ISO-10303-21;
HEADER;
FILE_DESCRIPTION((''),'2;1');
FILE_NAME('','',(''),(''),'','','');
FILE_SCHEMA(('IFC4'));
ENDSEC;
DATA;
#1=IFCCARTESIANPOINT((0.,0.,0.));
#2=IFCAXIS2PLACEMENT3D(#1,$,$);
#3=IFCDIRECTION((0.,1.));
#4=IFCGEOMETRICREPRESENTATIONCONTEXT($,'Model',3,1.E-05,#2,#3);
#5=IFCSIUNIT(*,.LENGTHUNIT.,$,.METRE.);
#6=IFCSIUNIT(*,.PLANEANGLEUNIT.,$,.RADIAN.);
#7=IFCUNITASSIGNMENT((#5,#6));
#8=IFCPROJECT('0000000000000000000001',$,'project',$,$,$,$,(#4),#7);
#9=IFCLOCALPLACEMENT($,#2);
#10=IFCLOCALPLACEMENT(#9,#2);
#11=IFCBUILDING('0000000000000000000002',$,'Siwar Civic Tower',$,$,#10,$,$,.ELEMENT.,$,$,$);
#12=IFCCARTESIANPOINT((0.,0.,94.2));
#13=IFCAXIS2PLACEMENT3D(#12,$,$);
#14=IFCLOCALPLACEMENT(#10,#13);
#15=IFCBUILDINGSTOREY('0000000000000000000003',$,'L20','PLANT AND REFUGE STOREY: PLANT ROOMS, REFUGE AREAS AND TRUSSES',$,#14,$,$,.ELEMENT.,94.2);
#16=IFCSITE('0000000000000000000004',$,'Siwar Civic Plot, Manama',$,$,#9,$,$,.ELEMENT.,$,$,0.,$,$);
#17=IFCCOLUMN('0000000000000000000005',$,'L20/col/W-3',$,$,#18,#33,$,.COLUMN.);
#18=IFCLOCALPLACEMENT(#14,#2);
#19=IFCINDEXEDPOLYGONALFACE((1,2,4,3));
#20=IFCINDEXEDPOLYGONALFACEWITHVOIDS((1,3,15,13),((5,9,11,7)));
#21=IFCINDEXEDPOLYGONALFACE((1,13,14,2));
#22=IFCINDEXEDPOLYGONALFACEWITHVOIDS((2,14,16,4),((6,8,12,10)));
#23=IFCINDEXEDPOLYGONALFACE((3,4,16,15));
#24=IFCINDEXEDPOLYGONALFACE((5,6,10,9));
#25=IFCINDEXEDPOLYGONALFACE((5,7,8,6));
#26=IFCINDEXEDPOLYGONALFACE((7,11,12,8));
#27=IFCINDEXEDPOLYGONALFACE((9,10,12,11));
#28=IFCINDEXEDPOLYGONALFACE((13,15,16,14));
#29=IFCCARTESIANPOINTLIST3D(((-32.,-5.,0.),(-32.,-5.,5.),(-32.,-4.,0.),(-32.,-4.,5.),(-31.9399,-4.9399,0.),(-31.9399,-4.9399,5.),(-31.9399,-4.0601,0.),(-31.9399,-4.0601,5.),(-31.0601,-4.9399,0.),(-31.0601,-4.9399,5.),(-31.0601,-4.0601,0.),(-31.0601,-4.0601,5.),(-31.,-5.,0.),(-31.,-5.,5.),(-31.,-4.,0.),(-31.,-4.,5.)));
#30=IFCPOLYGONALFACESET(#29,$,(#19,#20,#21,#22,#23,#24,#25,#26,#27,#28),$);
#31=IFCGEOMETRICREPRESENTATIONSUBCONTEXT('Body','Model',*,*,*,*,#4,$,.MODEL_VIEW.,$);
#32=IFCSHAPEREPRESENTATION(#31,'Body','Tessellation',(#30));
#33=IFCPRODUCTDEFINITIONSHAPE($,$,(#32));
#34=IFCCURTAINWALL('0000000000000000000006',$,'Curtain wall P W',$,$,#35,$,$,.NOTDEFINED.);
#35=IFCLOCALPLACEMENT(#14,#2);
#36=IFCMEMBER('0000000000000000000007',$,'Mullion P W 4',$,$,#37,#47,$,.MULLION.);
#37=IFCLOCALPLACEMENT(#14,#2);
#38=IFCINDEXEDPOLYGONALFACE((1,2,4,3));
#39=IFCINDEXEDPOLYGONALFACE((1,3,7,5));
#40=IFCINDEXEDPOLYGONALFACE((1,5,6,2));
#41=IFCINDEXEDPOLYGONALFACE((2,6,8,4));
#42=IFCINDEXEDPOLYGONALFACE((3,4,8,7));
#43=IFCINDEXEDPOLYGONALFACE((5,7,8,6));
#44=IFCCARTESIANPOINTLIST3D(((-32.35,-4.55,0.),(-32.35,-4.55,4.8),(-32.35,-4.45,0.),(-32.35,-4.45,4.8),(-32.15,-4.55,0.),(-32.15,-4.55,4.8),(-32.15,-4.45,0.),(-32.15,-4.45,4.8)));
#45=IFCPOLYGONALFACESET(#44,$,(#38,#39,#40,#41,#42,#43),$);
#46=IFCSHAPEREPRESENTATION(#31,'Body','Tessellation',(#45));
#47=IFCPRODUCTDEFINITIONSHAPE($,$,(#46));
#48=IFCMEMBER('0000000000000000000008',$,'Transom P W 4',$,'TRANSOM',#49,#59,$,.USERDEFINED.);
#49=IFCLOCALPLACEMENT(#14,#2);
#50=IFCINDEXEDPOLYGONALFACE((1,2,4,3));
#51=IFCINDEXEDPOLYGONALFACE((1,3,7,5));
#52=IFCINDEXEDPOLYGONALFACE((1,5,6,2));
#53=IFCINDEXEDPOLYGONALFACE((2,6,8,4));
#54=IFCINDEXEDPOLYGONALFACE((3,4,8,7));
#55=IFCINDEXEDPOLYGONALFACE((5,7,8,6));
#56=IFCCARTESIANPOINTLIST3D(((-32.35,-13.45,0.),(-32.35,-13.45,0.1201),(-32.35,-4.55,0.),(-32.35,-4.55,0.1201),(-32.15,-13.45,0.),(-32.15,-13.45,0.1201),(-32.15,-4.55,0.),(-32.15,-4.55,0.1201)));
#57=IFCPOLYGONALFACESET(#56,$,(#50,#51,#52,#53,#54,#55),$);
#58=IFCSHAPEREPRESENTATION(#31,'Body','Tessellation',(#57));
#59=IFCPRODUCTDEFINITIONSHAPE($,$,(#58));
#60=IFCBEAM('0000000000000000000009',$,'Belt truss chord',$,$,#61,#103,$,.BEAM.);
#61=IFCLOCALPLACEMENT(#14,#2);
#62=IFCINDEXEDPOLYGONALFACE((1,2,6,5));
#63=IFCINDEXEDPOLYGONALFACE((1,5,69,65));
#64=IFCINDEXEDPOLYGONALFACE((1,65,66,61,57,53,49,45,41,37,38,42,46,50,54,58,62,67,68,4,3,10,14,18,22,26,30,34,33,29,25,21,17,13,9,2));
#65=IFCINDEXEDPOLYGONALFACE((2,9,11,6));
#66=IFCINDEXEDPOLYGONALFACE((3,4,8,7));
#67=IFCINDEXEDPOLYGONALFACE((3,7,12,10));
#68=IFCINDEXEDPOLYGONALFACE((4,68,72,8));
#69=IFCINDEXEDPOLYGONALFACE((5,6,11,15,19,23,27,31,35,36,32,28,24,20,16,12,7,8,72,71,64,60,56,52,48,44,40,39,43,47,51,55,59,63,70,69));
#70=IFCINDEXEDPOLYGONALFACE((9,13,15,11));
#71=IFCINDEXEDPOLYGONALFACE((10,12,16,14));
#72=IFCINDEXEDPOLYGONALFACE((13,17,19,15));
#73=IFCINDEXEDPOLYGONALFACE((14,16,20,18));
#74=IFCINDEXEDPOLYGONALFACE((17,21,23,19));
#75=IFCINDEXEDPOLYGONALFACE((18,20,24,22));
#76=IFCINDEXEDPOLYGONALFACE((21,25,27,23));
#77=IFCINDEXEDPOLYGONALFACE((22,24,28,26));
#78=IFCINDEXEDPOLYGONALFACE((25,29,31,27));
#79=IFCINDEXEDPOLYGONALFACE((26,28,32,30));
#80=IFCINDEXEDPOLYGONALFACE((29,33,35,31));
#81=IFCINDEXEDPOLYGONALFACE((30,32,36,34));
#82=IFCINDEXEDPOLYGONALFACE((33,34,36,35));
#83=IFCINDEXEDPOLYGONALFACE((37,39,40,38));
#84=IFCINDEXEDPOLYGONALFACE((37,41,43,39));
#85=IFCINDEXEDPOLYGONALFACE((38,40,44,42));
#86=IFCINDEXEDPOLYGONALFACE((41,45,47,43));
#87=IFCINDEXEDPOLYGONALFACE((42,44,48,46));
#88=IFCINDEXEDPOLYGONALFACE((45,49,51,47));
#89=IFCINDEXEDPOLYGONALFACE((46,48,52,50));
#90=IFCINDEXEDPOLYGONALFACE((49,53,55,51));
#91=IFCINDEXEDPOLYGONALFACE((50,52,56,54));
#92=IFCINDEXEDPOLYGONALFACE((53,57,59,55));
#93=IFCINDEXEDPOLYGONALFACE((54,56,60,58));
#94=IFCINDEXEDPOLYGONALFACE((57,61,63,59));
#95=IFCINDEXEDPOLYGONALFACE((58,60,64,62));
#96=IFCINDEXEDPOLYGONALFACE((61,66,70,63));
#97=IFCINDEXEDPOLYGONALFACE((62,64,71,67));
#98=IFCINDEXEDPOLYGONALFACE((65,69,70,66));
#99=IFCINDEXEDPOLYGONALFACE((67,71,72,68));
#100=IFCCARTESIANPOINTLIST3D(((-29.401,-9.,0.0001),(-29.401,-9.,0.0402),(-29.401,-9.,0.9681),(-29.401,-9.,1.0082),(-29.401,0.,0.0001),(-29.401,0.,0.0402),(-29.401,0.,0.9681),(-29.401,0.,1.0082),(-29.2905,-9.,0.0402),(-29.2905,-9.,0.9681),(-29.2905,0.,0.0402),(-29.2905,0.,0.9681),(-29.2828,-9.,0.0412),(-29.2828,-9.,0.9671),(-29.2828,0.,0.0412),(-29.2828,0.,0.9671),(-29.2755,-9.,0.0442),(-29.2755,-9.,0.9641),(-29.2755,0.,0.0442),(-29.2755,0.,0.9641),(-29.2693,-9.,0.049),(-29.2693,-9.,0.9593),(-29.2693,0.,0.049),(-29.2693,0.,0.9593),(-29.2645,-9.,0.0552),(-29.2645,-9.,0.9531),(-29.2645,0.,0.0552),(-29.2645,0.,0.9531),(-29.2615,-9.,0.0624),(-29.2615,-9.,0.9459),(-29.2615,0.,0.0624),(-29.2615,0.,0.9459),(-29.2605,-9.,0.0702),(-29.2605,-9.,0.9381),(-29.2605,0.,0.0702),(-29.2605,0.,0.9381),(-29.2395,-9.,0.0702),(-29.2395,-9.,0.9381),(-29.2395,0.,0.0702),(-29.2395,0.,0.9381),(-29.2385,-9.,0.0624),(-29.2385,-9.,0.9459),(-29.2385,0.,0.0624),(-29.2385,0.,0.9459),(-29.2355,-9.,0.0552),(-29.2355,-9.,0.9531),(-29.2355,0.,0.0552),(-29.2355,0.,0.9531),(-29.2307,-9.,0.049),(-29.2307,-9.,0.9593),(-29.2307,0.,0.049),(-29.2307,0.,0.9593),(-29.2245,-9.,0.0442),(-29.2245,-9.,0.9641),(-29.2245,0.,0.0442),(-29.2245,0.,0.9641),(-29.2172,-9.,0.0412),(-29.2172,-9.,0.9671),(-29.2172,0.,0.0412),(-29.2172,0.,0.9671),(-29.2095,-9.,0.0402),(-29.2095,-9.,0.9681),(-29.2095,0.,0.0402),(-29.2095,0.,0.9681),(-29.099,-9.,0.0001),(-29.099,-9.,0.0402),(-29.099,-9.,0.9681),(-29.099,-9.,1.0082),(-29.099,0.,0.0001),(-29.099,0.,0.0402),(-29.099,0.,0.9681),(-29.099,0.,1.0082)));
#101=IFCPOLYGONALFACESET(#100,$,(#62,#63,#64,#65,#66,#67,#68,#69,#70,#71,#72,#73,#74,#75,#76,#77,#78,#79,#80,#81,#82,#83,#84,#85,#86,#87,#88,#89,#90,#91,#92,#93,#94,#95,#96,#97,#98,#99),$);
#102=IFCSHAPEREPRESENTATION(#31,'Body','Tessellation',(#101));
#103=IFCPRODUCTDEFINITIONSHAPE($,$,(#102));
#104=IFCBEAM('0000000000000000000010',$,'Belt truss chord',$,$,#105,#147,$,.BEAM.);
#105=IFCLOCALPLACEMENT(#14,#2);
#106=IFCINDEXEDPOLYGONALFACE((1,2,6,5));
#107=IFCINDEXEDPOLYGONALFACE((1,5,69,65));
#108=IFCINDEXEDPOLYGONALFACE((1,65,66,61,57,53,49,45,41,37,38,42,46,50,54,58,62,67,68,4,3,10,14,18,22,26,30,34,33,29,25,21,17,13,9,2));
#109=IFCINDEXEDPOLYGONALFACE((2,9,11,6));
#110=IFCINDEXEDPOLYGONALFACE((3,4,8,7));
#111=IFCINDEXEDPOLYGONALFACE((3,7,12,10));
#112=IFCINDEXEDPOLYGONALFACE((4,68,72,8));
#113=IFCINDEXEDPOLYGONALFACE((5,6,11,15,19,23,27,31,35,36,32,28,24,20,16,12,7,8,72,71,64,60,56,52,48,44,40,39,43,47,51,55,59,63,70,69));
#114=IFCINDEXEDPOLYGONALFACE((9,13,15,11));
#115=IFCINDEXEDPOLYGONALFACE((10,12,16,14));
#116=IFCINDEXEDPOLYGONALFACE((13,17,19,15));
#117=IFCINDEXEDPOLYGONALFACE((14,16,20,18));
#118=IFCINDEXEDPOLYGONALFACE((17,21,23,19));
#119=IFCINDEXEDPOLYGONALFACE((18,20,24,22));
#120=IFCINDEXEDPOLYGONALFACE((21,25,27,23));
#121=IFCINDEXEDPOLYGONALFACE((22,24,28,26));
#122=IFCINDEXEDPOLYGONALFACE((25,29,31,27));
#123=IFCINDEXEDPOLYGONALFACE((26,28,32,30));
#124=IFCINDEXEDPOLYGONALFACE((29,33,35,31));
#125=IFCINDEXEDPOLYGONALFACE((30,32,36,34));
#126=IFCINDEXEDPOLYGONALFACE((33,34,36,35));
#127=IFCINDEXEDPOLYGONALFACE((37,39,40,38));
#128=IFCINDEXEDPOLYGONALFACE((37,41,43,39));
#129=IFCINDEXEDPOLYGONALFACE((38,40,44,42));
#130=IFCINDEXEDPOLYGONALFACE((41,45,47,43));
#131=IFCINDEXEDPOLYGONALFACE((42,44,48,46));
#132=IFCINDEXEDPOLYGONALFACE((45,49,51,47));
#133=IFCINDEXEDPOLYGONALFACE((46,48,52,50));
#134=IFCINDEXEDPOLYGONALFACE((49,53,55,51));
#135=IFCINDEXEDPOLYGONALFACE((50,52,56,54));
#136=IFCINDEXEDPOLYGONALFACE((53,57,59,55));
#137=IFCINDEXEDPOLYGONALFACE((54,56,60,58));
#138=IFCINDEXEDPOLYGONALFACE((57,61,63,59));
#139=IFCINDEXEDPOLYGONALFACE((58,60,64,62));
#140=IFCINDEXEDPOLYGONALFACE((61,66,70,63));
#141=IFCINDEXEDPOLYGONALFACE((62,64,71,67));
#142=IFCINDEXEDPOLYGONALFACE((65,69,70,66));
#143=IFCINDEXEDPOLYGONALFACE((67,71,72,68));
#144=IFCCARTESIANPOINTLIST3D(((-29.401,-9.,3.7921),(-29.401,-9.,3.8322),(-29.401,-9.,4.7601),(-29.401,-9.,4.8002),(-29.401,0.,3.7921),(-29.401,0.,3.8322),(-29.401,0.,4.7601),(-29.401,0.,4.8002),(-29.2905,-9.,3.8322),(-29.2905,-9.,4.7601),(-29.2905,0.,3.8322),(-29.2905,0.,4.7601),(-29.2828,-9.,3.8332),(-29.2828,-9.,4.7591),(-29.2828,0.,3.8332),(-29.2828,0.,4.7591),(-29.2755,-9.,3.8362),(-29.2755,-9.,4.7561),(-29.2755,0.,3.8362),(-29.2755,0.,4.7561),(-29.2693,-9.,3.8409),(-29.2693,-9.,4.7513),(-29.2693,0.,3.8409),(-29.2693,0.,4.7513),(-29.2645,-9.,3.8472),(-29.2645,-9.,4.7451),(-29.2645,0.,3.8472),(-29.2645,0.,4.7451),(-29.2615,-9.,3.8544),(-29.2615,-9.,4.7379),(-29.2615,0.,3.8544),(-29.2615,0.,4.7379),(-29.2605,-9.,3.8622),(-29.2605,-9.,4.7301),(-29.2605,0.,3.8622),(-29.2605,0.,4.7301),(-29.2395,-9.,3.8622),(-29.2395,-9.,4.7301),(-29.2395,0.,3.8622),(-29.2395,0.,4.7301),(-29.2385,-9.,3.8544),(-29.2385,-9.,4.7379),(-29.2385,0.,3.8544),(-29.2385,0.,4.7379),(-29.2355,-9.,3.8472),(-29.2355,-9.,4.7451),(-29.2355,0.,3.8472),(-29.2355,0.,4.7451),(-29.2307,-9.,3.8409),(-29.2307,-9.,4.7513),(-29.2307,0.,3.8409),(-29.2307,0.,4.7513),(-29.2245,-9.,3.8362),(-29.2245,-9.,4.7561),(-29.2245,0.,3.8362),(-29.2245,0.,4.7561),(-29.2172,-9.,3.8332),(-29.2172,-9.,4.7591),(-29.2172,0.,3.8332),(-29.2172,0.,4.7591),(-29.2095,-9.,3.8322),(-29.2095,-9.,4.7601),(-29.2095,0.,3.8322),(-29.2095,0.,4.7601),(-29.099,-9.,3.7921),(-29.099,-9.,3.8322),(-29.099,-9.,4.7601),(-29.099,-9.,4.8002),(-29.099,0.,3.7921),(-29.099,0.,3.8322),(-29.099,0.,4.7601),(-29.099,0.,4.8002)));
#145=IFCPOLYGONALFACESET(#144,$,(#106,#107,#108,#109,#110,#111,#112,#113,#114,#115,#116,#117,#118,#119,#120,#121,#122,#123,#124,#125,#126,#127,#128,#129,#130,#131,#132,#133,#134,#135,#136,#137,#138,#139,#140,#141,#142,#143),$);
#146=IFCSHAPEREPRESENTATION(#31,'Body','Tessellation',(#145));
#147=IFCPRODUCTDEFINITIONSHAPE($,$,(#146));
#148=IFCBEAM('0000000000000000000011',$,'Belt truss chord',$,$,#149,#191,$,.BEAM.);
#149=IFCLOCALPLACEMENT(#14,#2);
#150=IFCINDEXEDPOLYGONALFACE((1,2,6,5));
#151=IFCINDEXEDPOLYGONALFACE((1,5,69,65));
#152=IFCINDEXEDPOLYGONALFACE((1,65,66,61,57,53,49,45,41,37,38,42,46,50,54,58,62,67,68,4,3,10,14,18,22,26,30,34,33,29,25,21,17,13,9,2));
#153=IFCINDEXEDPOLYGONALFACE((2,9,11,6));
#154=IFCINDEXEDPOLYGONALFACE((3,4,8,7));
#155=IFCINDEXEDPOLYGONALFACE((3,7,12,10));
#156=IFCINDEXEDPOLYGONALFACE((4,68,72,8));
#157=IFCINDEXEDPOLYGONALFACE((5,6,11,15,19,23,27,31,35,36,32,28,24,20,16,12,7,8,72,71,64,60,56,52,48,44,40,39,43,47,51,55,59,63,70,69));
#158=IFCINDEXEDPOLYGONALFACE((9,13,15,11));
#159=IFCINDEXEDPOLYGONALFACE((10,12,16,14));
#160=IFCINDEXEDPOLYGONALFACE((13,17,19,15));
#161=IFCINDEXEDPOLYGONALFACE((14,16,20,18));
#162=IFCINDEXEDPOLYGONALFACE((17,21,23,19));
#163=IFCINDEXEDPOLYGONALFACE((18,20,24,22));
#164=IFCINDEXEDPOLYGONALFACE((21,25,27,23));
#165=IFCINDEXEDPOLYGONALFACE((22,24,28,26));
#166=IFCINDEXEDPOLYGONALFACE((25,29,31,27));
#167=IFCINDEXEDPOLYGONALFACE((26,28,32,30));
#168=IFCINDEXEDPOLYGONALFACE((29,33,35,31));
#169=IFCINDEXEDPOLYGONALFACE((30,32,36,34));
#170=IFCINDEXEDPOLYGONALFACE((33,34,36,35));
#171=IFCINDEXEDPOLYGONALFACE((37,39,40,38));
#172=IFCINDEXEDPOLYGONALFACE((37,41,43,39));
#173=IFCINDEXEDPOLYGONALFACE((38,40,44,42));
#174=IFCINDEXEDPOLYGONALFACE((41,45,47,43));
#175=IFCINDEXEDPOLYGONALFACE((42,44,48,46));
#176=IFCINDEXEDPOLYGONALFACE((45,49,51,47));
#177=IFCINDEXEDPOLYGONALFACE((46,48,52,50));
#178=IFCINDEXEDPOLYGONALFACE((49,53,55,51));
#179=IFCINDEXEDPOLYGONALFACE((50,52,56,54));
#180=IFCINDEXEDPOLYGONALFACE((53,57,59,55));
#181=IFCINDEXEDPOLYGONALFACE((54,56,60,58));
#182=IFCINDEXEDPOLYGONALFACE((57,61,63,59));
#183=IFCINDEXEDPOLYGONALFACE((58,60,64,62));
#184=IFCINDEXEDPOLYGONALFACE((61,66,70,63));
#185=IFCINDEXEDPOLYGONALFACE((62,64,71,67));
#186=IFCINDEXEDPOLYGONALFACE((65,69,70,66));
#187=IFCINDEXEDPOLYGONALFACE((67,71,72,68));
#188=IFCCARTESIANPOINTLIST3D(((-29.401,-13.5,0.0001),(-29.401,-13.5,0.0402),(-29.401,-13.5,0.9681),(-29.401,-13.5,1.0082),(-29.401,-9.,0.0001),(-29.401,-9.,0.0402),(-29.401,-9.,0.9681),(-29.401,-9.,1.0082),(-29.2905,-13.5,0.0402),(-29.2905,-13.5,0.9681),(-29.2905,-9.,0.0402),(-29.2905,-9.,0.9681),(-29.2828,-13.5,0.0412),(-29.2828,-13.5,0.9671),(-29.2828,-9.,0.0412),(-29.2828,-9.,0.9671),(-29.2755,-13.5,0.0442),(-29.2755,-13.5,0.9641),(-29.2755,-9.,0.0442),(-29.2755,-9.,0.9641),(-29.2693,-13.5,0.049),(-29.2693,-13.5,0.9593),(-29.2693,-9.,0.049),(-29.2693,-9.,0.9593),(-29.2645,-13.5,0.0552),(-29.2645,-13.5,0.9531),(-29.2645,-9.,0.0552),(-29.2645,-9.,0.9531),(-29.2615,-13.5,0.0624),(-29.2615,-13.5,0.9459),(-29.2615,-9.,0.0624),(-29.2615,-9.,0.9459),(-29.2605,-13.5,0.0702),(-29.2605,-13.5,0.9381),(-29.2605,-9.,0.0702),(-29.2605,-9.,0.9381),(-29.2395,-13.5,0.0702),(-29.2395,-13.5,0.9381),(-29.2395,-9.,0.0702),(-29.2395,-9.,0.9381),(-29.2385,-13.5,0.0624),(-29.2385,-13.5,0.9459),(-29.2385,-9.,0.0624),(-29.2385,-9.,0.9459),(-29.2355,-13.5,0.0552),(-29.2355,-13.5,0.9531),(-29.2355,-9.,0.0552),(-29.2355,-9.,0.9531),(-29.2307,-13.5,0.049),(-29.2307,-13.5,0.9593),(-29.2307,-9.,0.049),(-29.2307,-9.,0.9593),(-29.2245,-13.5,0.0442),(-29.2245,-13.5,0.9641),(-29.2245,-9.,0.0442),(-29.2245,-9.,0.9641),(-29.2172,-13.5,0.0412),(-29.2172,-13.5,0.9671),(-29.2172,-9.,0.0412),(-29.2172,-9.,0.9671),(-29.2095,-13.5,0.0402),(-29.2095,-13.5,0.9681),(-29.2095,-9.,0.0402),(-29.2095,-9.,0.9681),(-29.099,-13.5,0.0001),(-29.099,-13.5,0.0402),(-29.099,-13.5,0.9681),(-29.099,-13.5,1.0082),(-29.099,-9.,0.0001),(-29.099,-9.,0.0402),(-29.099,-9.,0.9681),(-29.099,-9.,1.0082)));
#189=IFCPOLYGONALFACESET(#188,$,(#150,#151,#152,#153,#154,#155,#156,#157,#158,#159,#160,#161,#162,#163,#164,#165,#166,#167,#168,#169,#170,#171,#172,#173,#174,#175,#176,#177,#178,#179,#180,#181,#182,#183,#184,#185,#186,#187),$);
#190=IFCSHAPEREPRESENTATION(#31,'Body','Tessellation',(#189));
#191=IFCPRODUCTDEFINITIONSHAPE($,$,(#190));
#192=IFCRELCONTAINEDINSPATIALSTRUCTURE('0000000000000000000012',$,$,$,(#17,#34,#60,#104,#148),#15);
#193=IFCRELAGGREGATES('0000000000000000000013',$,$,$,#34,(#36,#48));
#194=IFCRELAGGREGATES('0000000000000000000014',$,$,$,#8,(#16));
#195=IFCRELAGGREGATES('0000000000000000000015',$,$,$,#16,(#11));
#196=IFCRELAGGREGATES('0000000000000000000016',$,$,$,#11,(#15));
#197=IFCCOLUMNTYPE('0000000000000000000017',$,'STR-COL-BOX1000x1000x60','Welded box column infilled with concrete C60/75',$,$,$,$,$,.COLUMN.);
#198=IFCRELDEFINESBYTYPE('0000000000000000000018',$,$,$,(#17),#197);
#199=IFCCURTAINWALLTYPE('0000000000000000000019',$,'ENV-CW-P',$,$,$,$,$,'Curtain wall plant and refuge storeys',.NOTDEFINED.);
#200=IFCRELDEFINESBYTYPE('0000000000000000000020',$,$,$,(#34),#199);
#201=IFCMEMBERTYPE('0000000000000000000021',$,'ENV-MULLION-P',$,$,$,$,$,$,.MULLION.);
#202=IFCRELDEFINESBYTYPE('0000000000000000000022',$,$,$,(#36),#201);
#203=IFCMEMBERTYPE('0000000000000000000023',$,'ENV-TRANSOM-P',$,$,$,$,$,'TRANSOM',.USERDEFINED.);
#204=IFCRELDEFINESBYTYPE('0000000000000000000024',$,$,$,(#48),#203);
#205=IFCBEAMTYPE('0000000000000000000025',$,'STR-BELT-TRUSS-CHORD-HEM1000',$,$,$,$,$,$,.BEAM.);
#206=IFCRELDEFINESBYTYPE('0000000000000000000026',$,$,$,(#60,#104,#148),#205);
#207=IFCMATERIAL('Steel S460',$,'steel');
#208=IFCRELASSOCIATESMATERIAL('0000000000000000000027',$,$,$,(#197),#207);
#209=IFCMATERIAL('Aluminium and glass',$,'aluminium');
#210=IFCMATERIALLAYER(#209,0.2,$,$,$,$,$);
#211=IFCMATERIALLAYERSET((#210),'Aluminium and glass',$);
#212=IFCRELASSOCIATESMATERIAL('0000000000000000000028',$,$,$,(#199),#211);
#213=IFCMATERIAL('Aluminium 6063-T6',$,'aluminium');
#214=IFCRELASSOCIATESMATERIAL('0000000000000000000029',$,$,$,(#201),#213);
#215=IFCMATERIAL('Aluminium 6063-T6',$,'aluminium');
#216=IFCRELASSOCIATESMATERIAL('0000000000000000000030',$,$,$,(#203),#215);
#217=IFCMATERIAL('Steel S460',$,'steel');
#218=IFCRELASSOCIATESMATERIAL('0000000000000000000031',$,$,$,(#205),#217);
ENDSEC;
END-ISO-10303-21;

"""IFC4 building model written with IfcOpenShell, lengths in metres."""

from ifc_helpers import new_model, si_unit, direction, frame, origin, origin_2d, place, context, subcontext, project, spatial, rectangle, hollow_rectangle, i_section, extrude, material, layer, layer_set, material_profile, profile_set, type_object, element, aggregate, save


model = new_model("IFC4")

# Units and contexts
model_context = context("Model", 3, precision=1e-05, world=origin(), true_north=direction((0.0, 1.0)))
body_context = subcontext(model_context, "Body", "Model", "MODEL_VIEW")
ifc_project = project(units=[si_unit("LENGTHUNIT", "METRE"), si_unit("PLANEANGLEUNIT", "RADIAN")], contexts=[model_context])

# Site, building, storey
site_placement = place(None, origin())
site = spatial("IfcSite", under=ifc_project, at=site_placement, Name="Siwar Civic Plot, Manama", CompositionType="ELEMENT", RefElevation=0.0)
building_placement = place(site_placement, origin())
building = spatial("IfcBuilding", under=site, at=building_placement, Name="Siwar Civic Tower", CompositionType="ELEMENT")
storey_placement = place(building_placement, frame((0.0, 0.0, 94.2)))
storey = spatial("IfcBuildingStorey", under=building, at=storey_placement, Name="L20", Description="PLANT AND REFUGE STOREY: PLANT ROOMS, REFUGE AREAS AND TRUSSES", CompositionType="ELEMENT", Elevation=94.2)

# Column
ifc_material_1 = material(Name="Steel S460", Category="steel")
ifc_material_profile_1 = material_profile(ifc_material_1, hollow_rectangle(XDim=1.0, YDim=1.0, WallThickness=0.0601, at=origin_2d()), Name="BOX1000x1000x60")
ifc_profile_set_1 = profile_set([ifc_material_profile_1], Name="Steel S460")
column_type = type_object("IfcColumnType", Name="STR-COL-BOX1000x1000x60", Description="Welded box column infilled with concrete C60/75", PredefinedType="COLUMN", material=ifc_profile_set_1)
column_placement = place(storey_placement, frame((-31.5, -4.5, 0.0), z_axis=(0.0, 0.0, 1.0), x_axis=(1.0, 0.0, 0.0)))
element("IfcColumn", 1, at=column_placement, inside=storey, type_object=column_type, Name="L20/col/W-3", PredefinedType="COLUMN", context=body_context, shape_type="SweptSolid", body=[
    extrude(hollow_rectangle(XDim=1.0, YDim=1.0, WallThickness=0.0601, at=origin_2d()), origin(), (0.0, 0.0, 1.0), 5.0),
])

# Curtain wall, members
ifc_material_2 = material(Name="Aluminium and glass", Category="aluminium")
ifc_layer_1 = layer(ifc_material_2, 0.2)
ifc_layer_set_1 = layer_set([ifc_layer_1], Name="Aluminium and glass")
curtain_wall_type = type_object("IfcCurtainWallType", Name="ENV-CW-P", ElementType="Curtain wall plant and refuge storeys", PredefinedType="NOTDEFINED", material=ifc_layer_set_1)
curtain_wall_placement = place(storey_placement, origin())
curtain_wall = element("IfcCurtainWall", 2, at=curtain_wall_placement, inside=storey, type_object=curtain_wall_type, Name="Curtain wall P W", PredefinedType="NOTDEFINED")
ifc_material_3 = material(Name="Aluminium 6063-T6", Category="aluminium")
ifc_material_profile_2 = material_profile(ifc_material_3, rectangle(XDim=0.2, YDim=0.1001, at=origin_2d()), Name="AL 200x100")
ifc_profile_set_2 = profile_set([ifc_material_profile_2], Name="Aluminium 6063-T6")
member_type_1 = type_object("IfcMemberType", Name="ENV-MULLION-P", PredefinedType="MULLION", material=ifc_profile_set_2)
member_1_placement = place(storey_placement, frame((-32.25, -4.5, 0.0), z_axis=(0.0, 0.0, 1.0), x_axis=(1.0, 0.0, 0.0)))
member_1 = element("IfcMember", 3, at=member_1_placement, type_object=member_type_1, Name="Mullion P W 4", PredefinedType="MULLION", context=body_context, shape_type="SweptSolid", body=[
    extrude(rectangle(XDim=0.2, YDim=0.1001, at=origin_2d()), origin(), (0.0, 0.0, 1.0), 4.8),
])
ifc_material_4 = material(Name="Aluminium 6063-T6", Category="aluminium")
ifc_material_profile_3 = material_profile(ifc_material_4, rectangle(XDim=0.2, YDim=0.1201, at=origin_2d()), Name="AL 200x120")
ifc_profile_set_3 = profile_set([ifc_material_profile_3], Name="Aluminium 6063-T6")
member_type_2 = type_object("IfcMemberType", Name="ENV-TRANSOM-P", ElementType="TRANSOM", PredefinedType="USERDEFINED", material=ifc_profile_set_3)
member_2_placement = place(storey_placement, frame((-32.25, -4.55, 0.0601), z_axis=(0.0, -1.0, 0.0), x_axis=(1.0, 0.0, 0.0)))
member_2 = element("IfcMember", 4, at=member_2_placement, type_object=member_type_2, Name="Transom P W 4", ObjectType="TRANSOM", PredefinedType="USERDEFINED", context=body_context, shape_type="SweptSolid", body=[
    extrude(rectangle(XDim=0.2, YDim=0.1201, at=origin_2d()), origin(), (0.0, 0.0, 1.0), 8.8999),
])

# Beams
ifc_material_5 = material(Name="Steel S460", Category="steel")
ifc_material_profile_4 = material_profile(ifc_material_5, i_section(OverallWidth=0.302, OverallDepth=1.0081, WebThickness=0.021, FlangeThickness=0.04, FilletRadius=0.03, at=origin_2d()), Name="HEM1000")
ifc_profile_set_4 = profile_set([ifc_material_profile_4], Name="Steel S460")
beam_type_1 = type_object("IfcBeamType", Name="STR-BELT-TRUSS-CHORD-HEM1000", PredefinedType="BEAM", material=ifc_profile_set_4)
for number, where, z_axis, x_axis, name in (
    (5, (-29.25, 0.0, 0.5042), (0.0, -1.0, 0.0), (1.0, 0.0, 0.0), "Belt truss chord"),
    (6, (-29.25, 0.0, 4.2961), (0.0, -1.0, 0.0), (1.0, 0.0, 0.0), "Belt truss chord"),
):
    element("IfcBeam", number, at=place(storey_placement, frame(where, z_axis=z_axis, x_axis=x_axis)), inside=storey, type_object=beam_type_1, Name=name, PredefinedType="BEAM", context=body_context, shape_type="SweptSolid", body=[
        extrude(i_section(OverallWidth=0.302, OverallDepth=1.0081, WebThickness=0.021, FlangeThickness=0.04, FilletRadius=0.03, at=origin_2d()), origin(), (0.0, 0.0, 1.0), 9.0),
    ])
for number, where, z_axis, x_axis, name in (
    (7, (-29.25, -9.0, 0.5042), (0.0, -1.0, 0.0), (1.0, 0.0, 0.0), "Belt truss chord"),
):
    element("IfcBeam", number, at=place(storey_placement, frame(where, z_axis=z_axis, x_axis=x_axis)), inside=storey, type_object=beam_type_1, Name=name, PredefinedType="BEAM", context=body_context, shape_type="SweptSolid", body=[
        extrude(i_section(OverallWidth=0.302, OverallDepth=1.0081, WebThickness=0.021, FlangeThickness=0.04, FilletRadius=0.03, at=origin_2d()), origin(), (0.0, 0.0, 1.0), 4.5),
    ])

aggregate(curtain_wall, [member_1, member_2])

save(model, "model.ifc")
